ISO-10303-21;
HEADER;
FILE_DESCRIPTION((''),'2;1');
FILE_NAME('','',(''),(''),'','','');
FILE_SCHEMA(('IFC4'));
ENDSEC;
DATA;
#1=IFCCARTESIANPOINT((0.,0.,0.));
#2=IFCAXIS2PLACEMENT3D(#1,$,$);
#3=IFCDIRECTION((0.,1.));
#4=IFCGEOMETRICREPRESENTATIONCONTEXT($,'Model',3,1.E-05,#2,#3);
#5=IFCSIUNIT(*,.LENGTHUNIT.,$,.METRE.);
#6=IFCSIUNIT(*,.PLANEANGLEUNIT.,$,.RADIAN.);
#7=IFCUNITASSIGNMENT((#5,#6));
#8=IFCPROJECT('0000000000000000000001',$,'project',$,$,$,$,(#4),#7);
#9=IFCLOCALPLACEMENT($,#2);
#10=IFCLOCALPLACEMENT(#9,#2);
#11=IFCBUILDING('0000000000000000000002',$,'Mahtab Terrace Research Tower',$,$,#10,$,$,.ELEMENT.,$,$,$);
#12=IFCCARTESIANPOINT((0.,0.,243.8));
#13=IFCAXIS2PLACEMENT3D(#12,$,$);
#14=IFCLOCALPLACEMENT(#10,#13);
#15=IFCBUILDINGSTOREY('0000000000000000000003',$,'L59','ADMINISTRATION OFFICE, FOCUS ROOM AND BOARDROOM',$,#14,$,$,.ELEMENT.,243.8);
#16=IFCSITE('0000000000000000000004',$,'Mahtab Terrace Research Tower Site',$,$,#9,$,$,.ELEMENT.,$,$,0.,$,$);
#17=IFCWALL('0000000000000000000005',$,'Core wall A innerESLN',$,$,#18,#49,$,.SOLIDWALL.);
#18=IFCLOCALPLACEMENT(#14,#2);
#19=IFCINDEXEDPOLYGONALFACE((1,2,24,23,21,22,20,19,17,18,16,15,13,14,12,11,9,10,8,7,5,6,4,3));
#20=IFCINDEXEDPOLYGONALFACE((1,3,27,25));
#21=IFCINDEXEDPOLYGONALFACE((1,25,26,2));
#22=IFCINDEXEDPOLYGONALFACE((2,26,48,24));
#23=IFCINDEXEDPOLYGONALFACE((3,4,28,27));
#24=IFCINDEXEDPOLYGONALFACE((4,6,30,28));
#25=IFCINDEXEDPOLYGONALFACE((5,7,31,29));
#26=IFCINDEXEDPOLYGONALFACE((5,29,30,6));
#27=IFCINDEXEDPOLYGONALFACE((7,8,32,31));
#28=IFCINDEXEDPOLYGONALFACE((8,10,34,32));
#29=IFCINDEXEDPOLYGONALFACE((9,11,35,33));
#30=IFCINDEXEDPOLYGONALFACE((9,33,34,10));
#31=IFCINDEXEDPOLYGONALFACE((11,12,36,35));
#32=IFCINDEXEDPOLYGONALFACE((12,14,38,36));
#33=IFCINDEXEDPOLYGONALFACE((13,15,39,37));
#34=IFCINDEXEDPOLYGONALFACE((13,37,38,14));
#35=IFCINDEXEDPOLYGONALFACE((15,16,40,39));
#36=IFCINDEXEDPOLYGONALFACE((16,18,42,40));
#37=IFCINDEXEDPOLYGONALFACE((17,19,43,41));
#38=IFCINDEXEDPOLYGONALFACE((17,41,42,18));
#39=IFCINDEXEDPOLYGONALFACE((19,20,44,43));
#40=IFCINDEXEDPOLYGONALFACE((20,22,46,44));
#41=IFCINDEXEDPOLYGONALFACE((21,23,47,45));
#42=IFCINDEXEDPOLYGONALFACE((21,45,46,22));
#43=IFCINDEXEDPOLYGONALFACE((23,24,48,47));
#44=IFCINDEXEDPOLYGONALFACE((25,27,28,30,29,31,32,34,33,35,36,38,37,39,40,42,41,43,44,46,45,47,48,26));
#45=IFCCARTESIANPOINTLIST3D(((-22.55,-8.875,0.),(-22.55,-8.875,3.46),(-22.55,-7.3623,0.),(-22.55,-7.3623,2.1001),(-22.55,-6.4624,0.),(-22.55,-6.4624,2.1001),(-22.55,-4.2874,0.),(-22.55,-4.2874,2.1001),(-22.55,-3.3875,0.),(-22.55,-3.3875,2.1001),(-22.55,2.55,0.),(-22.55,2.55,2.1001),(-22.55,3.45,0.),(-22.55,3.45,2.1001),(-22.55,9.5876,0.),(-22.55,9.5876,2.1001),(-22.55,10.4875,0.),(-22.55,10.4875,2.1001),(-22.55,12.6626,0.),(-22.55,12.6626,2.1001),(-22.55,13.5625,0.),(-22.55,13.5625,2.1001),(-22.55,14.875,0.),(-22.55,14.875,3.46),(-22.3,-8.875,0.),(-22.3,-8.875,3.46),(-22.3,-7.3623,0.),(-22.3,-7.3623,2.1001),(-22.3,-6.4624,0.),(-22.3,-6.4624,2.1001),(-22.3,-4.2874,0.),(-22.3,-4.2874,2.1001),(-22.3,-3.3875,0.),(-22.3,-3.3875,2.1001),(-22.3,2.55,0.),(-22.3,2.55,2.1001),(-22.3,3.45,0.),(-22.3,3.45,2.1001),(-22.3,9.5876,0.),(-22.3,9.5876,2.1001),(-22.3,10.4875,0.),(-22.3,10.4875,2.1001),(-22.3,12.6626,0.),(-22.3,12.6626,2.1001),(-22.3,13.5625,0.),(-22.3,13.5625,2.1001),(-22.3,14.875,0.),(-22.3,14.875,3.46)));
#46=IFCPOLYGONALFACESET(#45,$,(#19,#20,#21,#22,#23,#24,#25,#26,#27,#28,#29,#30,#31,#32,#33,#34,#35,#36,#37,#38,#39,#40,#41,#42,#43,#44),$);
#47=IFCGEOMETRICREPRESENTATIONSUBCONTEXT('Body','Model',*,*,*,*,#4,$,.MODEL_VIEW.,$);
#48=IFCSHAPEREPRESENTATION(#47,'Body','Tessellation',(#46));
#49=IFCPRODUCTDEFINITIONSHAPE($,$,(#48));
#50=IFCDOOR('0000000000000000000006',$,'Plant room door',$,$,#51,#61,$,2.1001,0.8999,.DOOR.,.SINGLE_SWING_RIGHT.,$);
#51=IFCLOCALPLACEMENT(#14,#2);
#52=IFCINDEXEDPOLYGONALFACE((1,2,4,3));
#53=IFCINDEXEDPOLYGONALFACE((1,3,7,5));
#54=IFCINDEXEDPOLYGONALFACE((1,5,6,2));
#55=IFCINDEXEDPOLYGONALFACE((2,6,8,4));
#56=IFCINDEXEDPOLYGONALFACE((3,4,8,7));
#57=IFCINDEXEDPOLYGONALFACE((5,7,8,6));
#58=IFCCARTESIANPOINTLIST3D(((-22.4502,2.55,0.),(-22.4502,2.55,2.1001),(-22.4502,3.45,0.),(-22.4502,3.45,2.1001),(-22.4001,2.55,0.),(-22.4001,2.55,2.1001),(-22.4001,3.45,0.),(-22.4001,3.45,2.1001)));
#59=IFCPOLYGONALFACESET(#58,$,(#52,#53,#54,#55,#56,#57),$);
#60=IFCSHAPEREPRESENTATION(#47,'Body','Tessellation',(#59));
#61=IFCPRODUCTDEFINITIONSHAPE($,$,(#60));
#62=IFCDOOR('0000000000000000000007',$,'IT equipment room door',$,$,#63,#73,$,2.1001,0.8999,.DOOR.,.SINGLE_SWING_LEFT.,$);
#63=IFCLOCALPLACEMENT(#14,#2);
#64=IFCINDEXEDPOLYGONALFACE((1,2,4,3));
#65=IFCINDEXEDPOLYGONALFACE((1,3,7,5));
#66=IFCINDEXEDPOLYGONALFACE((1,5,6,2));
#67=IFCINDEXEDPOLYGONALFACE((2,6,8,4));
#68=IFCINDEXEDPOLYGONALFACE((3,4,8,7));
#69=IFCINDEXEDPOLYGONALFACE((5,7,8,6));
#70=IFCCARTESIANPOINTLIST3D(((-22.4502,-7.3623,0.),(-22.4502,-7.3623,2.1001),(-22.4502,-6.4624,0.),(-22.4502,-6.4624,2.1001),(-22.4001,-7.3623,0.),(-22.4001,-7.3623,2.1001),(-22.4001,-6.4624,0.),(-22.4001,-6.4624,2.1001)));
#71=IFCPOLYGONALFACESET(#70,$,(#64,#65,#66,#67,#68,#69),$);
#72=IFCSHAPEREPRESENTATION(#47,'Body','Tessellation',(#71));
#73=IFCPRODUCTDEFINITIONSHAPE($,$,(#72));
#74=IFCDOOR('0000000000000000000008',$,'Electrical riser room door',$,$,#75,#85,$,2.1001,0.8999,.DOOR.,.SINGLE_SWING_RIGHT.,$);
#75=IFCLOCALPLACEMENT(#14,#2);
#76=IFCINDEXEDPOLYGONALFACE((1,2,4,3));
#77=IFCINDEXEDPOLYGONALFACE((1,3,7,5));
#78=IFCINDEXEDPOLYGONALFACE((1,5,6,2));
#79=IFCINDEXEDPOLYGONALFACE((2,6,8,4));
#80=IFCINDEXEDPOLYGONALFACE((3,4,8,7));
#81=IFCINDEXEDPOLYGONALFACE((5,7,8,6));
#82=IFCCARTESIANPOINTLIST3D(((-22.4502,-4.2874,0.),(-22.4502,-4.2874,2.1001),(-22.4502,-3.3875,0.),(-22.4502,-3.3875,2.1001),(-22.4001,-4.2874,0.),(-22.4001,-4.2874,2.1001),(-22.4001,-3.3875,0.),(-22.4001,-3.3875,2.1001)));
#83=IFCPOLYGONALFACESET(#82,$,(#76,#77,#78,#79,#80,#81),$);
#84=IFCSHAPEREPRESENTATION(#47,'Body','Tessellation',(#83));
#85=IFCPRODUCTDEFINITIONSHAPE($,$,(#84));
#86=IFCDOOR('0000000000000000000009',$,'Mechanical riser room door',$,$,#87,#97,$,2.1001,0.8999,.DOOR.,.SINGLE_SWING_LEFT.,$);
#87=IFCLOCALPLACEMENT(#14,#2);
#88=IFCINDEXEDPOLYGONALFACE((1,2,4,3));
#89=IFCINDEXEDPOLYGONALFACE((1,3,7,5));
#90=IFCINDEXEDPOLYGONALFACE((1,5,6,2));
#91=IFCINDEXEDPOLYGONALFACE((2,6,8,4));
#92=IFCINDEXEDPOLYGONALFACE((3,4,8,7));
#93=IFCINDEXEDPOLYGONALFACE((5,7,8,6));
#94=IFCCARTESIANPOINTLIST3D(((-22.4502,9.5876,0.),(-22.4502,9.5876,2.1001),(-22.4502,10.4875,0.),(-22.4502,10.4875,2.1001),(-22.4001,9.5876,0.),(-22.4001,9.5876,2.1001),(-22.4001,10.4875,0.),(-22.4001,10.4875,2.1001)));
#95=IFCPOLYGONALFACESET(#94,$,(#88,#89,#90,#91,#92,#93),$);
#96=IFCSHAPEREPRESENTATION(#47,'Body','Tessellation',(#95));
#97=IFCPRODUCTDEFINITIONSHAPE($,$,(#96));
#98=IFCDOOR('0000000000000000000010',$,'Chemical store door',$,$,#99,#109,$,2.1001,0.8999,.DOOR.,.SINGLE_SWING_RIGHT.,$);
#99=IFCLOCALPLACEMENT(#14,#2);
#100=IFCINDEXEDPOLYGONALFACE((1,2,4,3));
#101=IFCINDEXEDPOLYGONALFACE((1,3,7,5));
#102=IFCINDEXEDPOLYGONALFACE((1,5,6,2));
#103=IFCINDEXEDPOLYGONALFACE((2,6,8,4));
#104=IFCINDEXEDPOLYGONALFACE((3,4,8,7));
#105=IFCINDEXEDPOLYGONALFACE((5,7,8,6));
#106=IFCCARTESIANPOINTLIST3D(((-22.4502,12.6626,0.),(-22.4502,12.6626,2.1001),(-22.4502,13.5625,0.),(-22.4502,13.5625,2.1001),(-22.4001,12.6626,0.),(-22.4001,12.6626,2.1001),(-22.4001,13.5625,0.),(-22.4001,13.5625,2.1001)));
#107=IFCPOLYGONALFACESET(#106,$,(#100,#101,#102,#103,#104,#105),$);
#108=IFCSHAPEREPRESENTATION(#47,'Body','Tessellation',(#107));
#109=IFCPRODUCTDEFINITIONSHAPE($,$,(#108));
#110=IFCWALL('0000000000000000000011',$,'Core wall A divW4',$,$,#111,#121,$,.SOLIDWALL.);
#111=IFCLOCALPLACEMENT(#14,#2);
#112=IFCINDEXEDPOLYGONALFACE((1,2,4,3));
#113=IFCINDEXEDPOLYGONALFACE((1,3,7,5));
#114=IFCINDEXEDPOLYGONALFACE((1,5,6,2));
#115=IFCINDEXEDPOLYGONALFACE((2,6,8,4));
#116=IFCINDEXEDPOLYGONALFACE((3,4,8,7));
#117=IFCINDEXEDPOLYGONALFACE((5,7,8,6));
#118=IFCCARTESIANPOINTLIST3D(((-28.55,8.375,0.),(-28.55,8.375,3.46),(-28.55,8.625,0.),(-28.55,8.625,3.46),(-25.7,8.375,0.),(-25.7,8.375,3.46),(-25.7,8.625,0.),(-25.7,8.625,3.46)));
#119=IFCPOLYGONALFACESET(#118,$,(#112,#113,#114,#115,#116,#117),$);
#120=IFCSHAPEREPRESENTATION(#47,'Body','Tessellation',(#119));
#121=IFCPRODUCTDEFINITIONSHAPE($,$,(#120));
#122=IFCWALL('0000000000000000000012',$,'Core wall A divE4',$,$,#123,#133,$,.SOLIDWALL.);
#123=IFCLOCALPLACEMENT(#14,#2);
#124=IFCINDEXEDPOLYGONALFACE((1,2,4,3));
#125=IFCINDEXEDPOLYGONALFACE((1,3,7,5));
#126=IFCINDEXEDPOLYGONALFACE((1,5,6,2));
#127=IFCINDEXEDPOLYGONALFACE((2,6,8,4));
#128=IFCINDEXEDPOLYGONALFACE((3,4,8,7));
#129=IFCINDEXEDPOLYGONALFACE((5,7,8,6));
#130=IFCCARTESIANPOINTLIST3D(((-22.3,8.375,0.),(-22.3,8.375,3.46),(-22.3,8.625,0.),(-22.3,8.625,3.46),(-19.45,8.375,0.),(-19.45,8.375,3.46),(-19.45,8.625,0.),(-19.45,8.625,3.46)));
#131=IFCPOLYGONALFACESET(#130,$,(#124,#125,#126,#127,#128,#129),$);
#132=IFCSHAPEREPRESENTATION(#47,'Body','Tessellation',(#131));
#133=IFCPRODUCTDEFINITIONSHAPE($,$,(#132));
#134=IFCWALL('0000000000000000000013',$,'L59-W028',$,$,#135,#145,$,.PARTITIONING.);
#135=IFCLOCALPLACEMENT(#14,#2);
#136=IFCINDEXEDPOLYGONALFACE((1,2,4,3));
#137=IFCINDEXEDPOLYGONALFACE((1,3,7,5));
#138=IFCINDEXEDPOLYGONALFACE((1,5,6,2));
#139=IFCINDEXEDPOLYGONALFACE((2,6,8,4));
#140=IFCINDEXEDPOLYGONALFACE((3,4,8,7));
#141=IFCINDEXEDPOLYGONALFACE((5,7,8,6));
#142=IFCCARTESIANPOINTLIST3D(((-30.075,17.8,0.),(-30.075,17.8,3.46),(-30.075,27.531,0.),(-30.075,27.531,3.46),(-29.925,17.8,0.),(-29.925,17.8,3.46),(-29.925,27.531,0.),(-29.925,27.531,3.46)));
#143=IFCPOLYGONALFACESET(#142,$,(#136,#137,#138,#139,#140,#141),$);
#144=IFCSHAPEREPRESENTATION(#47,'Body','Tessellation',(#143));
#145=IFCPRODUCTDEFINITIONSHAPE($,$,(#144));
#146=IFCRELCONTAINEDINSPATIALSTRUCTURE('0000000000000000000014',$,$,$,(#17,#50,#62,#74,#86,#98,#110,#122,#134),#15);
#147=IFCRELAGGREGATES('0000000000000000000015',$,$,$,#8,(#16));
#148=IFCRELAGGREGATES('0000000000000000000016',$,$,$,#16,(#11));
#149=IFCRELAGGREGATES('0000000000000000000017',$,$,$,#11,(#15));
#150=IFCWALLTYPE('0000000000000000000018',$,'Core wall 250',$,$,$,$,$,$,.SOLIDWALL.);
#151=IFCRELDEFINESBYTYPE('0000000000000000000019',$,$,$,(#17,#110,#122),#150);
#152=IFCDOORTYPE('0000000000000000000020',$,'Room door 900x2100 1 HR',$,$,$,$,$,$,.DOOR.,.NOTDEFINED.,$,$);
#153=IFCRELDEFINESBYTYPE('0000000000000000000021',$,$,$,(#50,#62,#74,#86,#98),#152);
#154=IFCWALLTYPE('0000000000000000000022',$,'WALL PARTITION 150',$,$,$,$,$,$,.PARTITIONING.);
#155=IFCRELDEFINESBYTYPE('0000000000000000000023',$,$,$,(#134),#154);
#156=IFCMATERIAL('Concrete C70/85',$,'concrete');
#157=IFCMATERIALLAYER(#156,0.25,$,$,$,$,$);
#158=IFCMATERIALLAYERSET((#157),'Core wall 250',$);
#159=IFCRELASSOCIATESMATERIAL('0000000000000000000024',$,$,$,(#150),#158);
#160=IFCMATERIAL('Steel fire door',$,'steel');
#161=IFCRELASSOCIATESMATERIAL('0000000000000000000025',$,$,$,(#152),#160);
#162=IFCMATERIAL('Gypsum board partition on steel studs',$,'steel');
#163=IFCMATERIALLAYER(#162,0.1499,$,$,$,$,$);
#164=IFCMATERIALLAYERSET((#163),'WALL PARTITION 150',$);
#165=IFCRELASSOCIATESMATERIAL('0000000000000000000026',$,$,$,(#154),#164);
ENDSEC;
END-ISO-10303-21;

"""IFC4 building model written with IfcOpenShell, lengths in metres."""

from ifc_helpers import new_model, si_unit, direction, frame, frame_2d, origin, place, context, subcontext, project, spatial, rectangle, extrude, material, layer, layer_set, type_object, element, fill, save


model = new_model("IFC4")

# Units and contexts
model_context = context("Model", 3, precision=1e-05, world=origin(), true_north=direction((0.0, 1.0)))
body_context = subcontext(model_context, "Body", "Model", "MODEL_VIEW")
ifc_project = project(units=[si_unit("LENGTHUNIT", "METRE"), si_unit("PLANEANGLEUNIT", "RADIAN")], contexts=[model_context])

# Site, building, storey
site_placement = place(None, origin())
site = spatial("IfcSite", under=ifc_project, at=site_placement, Name="Mahtab Terrace Research Tower Site", CompositionType="ELEMENT", RefElevation=0.0)
building_placement = place(site_placement, origin())
building = spatial("IfcBuilding", under=site, at=building_placement, Name="Mahtab Terrace Research Tower", CompositionType="ELEMENT")
storey_placement = place(building_placement, frame((0.0, 0.0, 243.8)))
storey = spatial("IfcBuildingStorey", under=building, at=storey_placement, Name="L59", Description="ADMINISTRATION OFFICE, FOCUS ROOM AND BOARDROOM", CompositionType="ELEMENT", Elevation=243.8)

# Shared definitions
ifc_material_1 = material(Name="Concrete C70/85", Category="concrete")

# Shared definitions
ifc_layer_1 = layer(ifc_material_1, 0.25)
ifc_layer_set_1 = layer_set([ifc_layer_1], Name="Core wall 250")
wall_type_1 = type_object("IfcWallType", Name="Core wall 250", PredefinedType="SOLIDWALL", material=ifc_layer_set_1)

# Shared definitions
ifc_material_2 = material(Name="Steel fire door", Category="steel")

# Wall, openings, doors
wall_1_placement = place(storey_placement, frame((-22.425, 14.875, 0.0), z_axis=(0.0, 0.0, 1.0), x_axis=(0.0, -1.0, 0.0)))
wall_1 = element("IfcWall", 1, at=wall_1_placement, inside=storey, type_object=wall_type_1, Name="Core wall A innerESLN", PredefinedType="SOLIDWALL", context=body_context, shape_type="SweptSolid", body=[
    extrude(rectangle(XDim=23.75, YDim=0.25, at=frame_2d((11.875, 0.0))), origin(), (0.0, 0.0, 1.0), 3.46),
])
opening_1_placement = place(wall_1_placement, frame((11.425, 0.0, 0.0)))
opening_1 = element("IfcOpeningElement", 2, at=opening_1_placement, cuts=wall_1, PredefinedType="OPENING", context=body_context, shape_type="SweptSolid", body=[
    extrude(rectangle(XDim=0.8999, YDim=2.1001, at=frame_2d((0.45, 1.05))), frame((0.0, 0.135, 0.0), z_axis=(0.0, -1.0, 0.0), x_axis=(1.0, 0.0, 0.0)), (0.0, 0.0, 1.0), 0.27),
])
opening_2_placement = place(wall_1_placement, frame((21.3374, 0.0, 0.0)))
opening_2 = element("IfcOpeningElement", 3, at=opening_2_placement, cuts=wall_1, PredefinedType="OPENING", context=body_context, shape_type="SweptSolid", body=[
    extrude(rectangle(XDim=0.8999, YDim=2.1001, at=frame_2d((0.45, 1.05))), frame((0.0, 0.135, 0.0), z_axis=(0.0, -1.0, 0.0), x_axis=(1.0, 0.0, 0.0)), (0.0, 0.0, 1.0), 0.27),
])
opening_3_placement = place(wall_1_placement, frame((18.2625, 0.0, 0.0)))
opening_3 = element("IfcOpeningElement", 4, at=opening_3_placement, cuts=wall_1, PredefinedType="OPENING", context=body_context, shape_type="SweptSolid", body=[
    extrude(rectangle(XDim=0.8999, YDim=2.1001, at=frame_2d((0.45, 1.05))), frame((0.0, 0.135, 0.0), z_axis=(0.0, -1.0, 0.0), x_axis=(1.0, 0.0, 0.0)), (0.0, 0.0, 1.0), 0.27),
])
opening_4_placement = place(wall_1_placement, frame((4.3875, 0.0, 0.0)))
opening_4 = element("IfcOpeningElement", 5, at=opening_4_placement, cuts=wall_1, PredefinedType="OPENING", context=body_context, shape_type="SweptSolid", body=[
    extrude(rectangle(XDim=0.8999, YDim=2.1001, at=frame_2d((0.45, 1.05))), frame((0.0, 0.135, 0.0), z_axis=(0.0, -1.0, 0.0), x_axis=(1.0, 0.0, 0.0)), (0.0, 0.0, 1.0), 0.27),
])
opening_5_placement = place(wall_1_placement, frame((1.3125, 0.0, 0.0)))
opening_5 = element("IfcOpeningElement", 6, at=opening_5_placement, cuts=wall_1, PredefinedType="OPENING", context=body_context, shape_type="SweptSolid", body=[
    extrude(rectangle(XDim=0.8999, YDim=2.1001, at=frame_2d((0.45, 1.05))), frame((0.0, 0.135, 0.0), z_axis=(0.0, -1.0, 0.0), x_axis=(1.0, 0.0, 0.0)), (0.0, 0.0, 1.0), 0.27),
])
door_type_1 = type_object("IfcDoorType", Name="Room door 900x2100 1 HR", OperationType="NOTDEFINED", PredefinedType="DOOR", material=ifc_material_2)
door_1_placement = place(opening_1_placement, origin())
door_1 = element("IfcDoor", 7, at=door_1_placement, inside=storey, type_object=door_type_1, Name="Plant room door", OperationType="SINGLE_SWING_RIGHT", OverallHeight=2.1001, OverallWidth=0.8999, PredefinedType="DOOR", context=body_context, shape_type="SweptSolid", body=[
    extrude(rectangle(XDim=0.8999, YDim=2.1001, at=frame_2d((0.45, 1.05))), frame((0.0, 0.0249, 0.0), z_axis=(0.0, -1.0, 0.0), x_axis=(1.0, 0.0, 0.0)), (0.0, 0.0, 1.0), 0.05),
])
fill(opening_1, door_1)
door_2_placement = place(opening_2_placement, origin())
door_2 = element("IfcDoor", 8, at=door_2_placement, inside=storey, type_object=door_type_1, Name="IT equipment room door", OperationType="SINGLE_SWING_LEFT", OverallHeight=2.1001, OverallWidth=0.8999, PredefinedType="DOOR", context=body_context, shape_type="SweptSolid", body=[
    extrude(rectangle(XDim=0.8999, YDim=2.1001, at=frame_2d((0.45, 1.05))), frame((0.0, 0.0249, 0.0), z_axis=(0.0, -1.0, 0.0), x_axis=(1.0, 0.0, 0.0)), (0.0, 0.0, 1.0), 0.05),
])
fill(opening_2, door_2)
door_3_placement = place(opening_3_placement, origin())
door_3 = element("IfcDoor", 9, at=door_3_placement, inside=storey, type_object=door_type_1, Name="Electrical riser room door", OperationType="SINGLE_SWING_RIGHT", OverallHeight=2.1001, OverallWidth=0.8999, PredefinedType="DOOR", context=body_context, shape_type="SweptSolid", body=[
    extrude(rectangle(XDim=0.8999, YDim=2.1001, at=frame_2d((0.45, 1.05))), frame((0.0, 0.0249, 0.0), z_axis=(0.0, -1.0, 0.0), x_axis=(1.0, 0.0, 0.0)), (0.0, 0.0, 1.0), 0.05),
])
fill(opening_3, door_3)
door_4_placement = place(opening_4_placement, origin())
door_4 = element("IfcDoor", 10, at=door_4_placement, inside=storey, type_object=door_type_1, Name="Mechanical riser room door", OperationType="SINGLE_SWING_LEFT", OverallHeight=2.1001, OverallWidth=0.8999, PredefinedType="DOOR", context=body_context, shape_type="SweptSolid", body=[
    extrude(rectangle(XDim=0.8999, YDim=2.1001, at=frame_2d((0.45, 1.05))), frame((0.0, 0.0249, 0.0), z_axis=(0.0, -1.0, 0.0), x_axis=(1.0, 0.0, 0.0)), (0.0, 0.0, 1.0), 0.05),
])
fill(opening_4, door_4)
door_5_placement = place(opening_5_placement, origin())
door_5 = element("IfcDoor", 11, at=door_5_placement, inside=storey, type_object=door_type_1, Name="Chemical store door", OperationType="SINGLE_SWING_RIGHT", OverallHeight=2.1001, OverallWidth=0.8999, PredefinedType="DOOR", context=body_context, shape_type="SweptSolid", body=[
    extrude(rectangle(XDim=0.8999, YDim=2.1001, at=frame_2d((0.45, 1.05))), frame((0.0, 0.0249, 0.0), z_axis=(0.0, -1.0, 0.0), x_axis=(1.0, 0.0, 0.0)), (0.0, 0.0, 1.0), 0.05),
])
fill(opening_5, door_5)

# Walls
for number, where, z_axis, x_axis, name in (
    (12, (-28.55, 8.5, 0.0), (0.0, 0.0, 1.0), (1.0, 0.0, 0.0), "Core wall A divW4"),
    (13, (-22.3, 8.5, 0.0), (0.0, 0.0, 1.0), (1.0, 0.0, 0.0), "Core wall A divE4"),
):
    element("IfcWall", number, at=place(storey_placement, frame(where, z_axis=z_axis, x_axis=x_axis)), inside=storey, type_object=wall_type_1, Name=name, PredefinedType="SOLIDWALL", context=body_context, shape_type="SweptSolid", body=[
        extrude(rectangle(XDim=2.8501, YDim=0.25, at=frame_2d((1.425, 0.0))), origin(), (0.0, 0.0, 1.0), 3.46),
    ])
ifc_material_3 = material(Name="Gypsum board partition on steel studs", Category="steel")
ifc_layer_2 = layer(ifc_material_3, 0.1499)
ifc_layer_set_2 = layer_set([ifc_layer_2], Name="WALL PARTITION 150")
wall_type_2 = type_object("IfcWallType", Name="WALL PARTITION 150", PredefinedType="PARTITIONING", material=ifc_layer_set_2)
wall_2_placement = place(storey_placement, frame((-30.0, 17.8, 0.0), z_axis=(0.0, 0.0, 1.0), x_axis=(0.0, 1.0, 0.0)))
element("IfcWall", 14, at=wall_2_placement, inside=storey, type_object=wall_type_2, Name="L59-W028", PredefinedType="PARTITIONING", context=body_context, shape_type="SweptSolid", body=[
    extrude(rectangle(XDim=9.731, YDim=0.1499, at=frame_2d((4.8655, 0.0))), origin(), (0.0, 0.0, 1.0), 3.46),
])

save(model, "model.ifc")
